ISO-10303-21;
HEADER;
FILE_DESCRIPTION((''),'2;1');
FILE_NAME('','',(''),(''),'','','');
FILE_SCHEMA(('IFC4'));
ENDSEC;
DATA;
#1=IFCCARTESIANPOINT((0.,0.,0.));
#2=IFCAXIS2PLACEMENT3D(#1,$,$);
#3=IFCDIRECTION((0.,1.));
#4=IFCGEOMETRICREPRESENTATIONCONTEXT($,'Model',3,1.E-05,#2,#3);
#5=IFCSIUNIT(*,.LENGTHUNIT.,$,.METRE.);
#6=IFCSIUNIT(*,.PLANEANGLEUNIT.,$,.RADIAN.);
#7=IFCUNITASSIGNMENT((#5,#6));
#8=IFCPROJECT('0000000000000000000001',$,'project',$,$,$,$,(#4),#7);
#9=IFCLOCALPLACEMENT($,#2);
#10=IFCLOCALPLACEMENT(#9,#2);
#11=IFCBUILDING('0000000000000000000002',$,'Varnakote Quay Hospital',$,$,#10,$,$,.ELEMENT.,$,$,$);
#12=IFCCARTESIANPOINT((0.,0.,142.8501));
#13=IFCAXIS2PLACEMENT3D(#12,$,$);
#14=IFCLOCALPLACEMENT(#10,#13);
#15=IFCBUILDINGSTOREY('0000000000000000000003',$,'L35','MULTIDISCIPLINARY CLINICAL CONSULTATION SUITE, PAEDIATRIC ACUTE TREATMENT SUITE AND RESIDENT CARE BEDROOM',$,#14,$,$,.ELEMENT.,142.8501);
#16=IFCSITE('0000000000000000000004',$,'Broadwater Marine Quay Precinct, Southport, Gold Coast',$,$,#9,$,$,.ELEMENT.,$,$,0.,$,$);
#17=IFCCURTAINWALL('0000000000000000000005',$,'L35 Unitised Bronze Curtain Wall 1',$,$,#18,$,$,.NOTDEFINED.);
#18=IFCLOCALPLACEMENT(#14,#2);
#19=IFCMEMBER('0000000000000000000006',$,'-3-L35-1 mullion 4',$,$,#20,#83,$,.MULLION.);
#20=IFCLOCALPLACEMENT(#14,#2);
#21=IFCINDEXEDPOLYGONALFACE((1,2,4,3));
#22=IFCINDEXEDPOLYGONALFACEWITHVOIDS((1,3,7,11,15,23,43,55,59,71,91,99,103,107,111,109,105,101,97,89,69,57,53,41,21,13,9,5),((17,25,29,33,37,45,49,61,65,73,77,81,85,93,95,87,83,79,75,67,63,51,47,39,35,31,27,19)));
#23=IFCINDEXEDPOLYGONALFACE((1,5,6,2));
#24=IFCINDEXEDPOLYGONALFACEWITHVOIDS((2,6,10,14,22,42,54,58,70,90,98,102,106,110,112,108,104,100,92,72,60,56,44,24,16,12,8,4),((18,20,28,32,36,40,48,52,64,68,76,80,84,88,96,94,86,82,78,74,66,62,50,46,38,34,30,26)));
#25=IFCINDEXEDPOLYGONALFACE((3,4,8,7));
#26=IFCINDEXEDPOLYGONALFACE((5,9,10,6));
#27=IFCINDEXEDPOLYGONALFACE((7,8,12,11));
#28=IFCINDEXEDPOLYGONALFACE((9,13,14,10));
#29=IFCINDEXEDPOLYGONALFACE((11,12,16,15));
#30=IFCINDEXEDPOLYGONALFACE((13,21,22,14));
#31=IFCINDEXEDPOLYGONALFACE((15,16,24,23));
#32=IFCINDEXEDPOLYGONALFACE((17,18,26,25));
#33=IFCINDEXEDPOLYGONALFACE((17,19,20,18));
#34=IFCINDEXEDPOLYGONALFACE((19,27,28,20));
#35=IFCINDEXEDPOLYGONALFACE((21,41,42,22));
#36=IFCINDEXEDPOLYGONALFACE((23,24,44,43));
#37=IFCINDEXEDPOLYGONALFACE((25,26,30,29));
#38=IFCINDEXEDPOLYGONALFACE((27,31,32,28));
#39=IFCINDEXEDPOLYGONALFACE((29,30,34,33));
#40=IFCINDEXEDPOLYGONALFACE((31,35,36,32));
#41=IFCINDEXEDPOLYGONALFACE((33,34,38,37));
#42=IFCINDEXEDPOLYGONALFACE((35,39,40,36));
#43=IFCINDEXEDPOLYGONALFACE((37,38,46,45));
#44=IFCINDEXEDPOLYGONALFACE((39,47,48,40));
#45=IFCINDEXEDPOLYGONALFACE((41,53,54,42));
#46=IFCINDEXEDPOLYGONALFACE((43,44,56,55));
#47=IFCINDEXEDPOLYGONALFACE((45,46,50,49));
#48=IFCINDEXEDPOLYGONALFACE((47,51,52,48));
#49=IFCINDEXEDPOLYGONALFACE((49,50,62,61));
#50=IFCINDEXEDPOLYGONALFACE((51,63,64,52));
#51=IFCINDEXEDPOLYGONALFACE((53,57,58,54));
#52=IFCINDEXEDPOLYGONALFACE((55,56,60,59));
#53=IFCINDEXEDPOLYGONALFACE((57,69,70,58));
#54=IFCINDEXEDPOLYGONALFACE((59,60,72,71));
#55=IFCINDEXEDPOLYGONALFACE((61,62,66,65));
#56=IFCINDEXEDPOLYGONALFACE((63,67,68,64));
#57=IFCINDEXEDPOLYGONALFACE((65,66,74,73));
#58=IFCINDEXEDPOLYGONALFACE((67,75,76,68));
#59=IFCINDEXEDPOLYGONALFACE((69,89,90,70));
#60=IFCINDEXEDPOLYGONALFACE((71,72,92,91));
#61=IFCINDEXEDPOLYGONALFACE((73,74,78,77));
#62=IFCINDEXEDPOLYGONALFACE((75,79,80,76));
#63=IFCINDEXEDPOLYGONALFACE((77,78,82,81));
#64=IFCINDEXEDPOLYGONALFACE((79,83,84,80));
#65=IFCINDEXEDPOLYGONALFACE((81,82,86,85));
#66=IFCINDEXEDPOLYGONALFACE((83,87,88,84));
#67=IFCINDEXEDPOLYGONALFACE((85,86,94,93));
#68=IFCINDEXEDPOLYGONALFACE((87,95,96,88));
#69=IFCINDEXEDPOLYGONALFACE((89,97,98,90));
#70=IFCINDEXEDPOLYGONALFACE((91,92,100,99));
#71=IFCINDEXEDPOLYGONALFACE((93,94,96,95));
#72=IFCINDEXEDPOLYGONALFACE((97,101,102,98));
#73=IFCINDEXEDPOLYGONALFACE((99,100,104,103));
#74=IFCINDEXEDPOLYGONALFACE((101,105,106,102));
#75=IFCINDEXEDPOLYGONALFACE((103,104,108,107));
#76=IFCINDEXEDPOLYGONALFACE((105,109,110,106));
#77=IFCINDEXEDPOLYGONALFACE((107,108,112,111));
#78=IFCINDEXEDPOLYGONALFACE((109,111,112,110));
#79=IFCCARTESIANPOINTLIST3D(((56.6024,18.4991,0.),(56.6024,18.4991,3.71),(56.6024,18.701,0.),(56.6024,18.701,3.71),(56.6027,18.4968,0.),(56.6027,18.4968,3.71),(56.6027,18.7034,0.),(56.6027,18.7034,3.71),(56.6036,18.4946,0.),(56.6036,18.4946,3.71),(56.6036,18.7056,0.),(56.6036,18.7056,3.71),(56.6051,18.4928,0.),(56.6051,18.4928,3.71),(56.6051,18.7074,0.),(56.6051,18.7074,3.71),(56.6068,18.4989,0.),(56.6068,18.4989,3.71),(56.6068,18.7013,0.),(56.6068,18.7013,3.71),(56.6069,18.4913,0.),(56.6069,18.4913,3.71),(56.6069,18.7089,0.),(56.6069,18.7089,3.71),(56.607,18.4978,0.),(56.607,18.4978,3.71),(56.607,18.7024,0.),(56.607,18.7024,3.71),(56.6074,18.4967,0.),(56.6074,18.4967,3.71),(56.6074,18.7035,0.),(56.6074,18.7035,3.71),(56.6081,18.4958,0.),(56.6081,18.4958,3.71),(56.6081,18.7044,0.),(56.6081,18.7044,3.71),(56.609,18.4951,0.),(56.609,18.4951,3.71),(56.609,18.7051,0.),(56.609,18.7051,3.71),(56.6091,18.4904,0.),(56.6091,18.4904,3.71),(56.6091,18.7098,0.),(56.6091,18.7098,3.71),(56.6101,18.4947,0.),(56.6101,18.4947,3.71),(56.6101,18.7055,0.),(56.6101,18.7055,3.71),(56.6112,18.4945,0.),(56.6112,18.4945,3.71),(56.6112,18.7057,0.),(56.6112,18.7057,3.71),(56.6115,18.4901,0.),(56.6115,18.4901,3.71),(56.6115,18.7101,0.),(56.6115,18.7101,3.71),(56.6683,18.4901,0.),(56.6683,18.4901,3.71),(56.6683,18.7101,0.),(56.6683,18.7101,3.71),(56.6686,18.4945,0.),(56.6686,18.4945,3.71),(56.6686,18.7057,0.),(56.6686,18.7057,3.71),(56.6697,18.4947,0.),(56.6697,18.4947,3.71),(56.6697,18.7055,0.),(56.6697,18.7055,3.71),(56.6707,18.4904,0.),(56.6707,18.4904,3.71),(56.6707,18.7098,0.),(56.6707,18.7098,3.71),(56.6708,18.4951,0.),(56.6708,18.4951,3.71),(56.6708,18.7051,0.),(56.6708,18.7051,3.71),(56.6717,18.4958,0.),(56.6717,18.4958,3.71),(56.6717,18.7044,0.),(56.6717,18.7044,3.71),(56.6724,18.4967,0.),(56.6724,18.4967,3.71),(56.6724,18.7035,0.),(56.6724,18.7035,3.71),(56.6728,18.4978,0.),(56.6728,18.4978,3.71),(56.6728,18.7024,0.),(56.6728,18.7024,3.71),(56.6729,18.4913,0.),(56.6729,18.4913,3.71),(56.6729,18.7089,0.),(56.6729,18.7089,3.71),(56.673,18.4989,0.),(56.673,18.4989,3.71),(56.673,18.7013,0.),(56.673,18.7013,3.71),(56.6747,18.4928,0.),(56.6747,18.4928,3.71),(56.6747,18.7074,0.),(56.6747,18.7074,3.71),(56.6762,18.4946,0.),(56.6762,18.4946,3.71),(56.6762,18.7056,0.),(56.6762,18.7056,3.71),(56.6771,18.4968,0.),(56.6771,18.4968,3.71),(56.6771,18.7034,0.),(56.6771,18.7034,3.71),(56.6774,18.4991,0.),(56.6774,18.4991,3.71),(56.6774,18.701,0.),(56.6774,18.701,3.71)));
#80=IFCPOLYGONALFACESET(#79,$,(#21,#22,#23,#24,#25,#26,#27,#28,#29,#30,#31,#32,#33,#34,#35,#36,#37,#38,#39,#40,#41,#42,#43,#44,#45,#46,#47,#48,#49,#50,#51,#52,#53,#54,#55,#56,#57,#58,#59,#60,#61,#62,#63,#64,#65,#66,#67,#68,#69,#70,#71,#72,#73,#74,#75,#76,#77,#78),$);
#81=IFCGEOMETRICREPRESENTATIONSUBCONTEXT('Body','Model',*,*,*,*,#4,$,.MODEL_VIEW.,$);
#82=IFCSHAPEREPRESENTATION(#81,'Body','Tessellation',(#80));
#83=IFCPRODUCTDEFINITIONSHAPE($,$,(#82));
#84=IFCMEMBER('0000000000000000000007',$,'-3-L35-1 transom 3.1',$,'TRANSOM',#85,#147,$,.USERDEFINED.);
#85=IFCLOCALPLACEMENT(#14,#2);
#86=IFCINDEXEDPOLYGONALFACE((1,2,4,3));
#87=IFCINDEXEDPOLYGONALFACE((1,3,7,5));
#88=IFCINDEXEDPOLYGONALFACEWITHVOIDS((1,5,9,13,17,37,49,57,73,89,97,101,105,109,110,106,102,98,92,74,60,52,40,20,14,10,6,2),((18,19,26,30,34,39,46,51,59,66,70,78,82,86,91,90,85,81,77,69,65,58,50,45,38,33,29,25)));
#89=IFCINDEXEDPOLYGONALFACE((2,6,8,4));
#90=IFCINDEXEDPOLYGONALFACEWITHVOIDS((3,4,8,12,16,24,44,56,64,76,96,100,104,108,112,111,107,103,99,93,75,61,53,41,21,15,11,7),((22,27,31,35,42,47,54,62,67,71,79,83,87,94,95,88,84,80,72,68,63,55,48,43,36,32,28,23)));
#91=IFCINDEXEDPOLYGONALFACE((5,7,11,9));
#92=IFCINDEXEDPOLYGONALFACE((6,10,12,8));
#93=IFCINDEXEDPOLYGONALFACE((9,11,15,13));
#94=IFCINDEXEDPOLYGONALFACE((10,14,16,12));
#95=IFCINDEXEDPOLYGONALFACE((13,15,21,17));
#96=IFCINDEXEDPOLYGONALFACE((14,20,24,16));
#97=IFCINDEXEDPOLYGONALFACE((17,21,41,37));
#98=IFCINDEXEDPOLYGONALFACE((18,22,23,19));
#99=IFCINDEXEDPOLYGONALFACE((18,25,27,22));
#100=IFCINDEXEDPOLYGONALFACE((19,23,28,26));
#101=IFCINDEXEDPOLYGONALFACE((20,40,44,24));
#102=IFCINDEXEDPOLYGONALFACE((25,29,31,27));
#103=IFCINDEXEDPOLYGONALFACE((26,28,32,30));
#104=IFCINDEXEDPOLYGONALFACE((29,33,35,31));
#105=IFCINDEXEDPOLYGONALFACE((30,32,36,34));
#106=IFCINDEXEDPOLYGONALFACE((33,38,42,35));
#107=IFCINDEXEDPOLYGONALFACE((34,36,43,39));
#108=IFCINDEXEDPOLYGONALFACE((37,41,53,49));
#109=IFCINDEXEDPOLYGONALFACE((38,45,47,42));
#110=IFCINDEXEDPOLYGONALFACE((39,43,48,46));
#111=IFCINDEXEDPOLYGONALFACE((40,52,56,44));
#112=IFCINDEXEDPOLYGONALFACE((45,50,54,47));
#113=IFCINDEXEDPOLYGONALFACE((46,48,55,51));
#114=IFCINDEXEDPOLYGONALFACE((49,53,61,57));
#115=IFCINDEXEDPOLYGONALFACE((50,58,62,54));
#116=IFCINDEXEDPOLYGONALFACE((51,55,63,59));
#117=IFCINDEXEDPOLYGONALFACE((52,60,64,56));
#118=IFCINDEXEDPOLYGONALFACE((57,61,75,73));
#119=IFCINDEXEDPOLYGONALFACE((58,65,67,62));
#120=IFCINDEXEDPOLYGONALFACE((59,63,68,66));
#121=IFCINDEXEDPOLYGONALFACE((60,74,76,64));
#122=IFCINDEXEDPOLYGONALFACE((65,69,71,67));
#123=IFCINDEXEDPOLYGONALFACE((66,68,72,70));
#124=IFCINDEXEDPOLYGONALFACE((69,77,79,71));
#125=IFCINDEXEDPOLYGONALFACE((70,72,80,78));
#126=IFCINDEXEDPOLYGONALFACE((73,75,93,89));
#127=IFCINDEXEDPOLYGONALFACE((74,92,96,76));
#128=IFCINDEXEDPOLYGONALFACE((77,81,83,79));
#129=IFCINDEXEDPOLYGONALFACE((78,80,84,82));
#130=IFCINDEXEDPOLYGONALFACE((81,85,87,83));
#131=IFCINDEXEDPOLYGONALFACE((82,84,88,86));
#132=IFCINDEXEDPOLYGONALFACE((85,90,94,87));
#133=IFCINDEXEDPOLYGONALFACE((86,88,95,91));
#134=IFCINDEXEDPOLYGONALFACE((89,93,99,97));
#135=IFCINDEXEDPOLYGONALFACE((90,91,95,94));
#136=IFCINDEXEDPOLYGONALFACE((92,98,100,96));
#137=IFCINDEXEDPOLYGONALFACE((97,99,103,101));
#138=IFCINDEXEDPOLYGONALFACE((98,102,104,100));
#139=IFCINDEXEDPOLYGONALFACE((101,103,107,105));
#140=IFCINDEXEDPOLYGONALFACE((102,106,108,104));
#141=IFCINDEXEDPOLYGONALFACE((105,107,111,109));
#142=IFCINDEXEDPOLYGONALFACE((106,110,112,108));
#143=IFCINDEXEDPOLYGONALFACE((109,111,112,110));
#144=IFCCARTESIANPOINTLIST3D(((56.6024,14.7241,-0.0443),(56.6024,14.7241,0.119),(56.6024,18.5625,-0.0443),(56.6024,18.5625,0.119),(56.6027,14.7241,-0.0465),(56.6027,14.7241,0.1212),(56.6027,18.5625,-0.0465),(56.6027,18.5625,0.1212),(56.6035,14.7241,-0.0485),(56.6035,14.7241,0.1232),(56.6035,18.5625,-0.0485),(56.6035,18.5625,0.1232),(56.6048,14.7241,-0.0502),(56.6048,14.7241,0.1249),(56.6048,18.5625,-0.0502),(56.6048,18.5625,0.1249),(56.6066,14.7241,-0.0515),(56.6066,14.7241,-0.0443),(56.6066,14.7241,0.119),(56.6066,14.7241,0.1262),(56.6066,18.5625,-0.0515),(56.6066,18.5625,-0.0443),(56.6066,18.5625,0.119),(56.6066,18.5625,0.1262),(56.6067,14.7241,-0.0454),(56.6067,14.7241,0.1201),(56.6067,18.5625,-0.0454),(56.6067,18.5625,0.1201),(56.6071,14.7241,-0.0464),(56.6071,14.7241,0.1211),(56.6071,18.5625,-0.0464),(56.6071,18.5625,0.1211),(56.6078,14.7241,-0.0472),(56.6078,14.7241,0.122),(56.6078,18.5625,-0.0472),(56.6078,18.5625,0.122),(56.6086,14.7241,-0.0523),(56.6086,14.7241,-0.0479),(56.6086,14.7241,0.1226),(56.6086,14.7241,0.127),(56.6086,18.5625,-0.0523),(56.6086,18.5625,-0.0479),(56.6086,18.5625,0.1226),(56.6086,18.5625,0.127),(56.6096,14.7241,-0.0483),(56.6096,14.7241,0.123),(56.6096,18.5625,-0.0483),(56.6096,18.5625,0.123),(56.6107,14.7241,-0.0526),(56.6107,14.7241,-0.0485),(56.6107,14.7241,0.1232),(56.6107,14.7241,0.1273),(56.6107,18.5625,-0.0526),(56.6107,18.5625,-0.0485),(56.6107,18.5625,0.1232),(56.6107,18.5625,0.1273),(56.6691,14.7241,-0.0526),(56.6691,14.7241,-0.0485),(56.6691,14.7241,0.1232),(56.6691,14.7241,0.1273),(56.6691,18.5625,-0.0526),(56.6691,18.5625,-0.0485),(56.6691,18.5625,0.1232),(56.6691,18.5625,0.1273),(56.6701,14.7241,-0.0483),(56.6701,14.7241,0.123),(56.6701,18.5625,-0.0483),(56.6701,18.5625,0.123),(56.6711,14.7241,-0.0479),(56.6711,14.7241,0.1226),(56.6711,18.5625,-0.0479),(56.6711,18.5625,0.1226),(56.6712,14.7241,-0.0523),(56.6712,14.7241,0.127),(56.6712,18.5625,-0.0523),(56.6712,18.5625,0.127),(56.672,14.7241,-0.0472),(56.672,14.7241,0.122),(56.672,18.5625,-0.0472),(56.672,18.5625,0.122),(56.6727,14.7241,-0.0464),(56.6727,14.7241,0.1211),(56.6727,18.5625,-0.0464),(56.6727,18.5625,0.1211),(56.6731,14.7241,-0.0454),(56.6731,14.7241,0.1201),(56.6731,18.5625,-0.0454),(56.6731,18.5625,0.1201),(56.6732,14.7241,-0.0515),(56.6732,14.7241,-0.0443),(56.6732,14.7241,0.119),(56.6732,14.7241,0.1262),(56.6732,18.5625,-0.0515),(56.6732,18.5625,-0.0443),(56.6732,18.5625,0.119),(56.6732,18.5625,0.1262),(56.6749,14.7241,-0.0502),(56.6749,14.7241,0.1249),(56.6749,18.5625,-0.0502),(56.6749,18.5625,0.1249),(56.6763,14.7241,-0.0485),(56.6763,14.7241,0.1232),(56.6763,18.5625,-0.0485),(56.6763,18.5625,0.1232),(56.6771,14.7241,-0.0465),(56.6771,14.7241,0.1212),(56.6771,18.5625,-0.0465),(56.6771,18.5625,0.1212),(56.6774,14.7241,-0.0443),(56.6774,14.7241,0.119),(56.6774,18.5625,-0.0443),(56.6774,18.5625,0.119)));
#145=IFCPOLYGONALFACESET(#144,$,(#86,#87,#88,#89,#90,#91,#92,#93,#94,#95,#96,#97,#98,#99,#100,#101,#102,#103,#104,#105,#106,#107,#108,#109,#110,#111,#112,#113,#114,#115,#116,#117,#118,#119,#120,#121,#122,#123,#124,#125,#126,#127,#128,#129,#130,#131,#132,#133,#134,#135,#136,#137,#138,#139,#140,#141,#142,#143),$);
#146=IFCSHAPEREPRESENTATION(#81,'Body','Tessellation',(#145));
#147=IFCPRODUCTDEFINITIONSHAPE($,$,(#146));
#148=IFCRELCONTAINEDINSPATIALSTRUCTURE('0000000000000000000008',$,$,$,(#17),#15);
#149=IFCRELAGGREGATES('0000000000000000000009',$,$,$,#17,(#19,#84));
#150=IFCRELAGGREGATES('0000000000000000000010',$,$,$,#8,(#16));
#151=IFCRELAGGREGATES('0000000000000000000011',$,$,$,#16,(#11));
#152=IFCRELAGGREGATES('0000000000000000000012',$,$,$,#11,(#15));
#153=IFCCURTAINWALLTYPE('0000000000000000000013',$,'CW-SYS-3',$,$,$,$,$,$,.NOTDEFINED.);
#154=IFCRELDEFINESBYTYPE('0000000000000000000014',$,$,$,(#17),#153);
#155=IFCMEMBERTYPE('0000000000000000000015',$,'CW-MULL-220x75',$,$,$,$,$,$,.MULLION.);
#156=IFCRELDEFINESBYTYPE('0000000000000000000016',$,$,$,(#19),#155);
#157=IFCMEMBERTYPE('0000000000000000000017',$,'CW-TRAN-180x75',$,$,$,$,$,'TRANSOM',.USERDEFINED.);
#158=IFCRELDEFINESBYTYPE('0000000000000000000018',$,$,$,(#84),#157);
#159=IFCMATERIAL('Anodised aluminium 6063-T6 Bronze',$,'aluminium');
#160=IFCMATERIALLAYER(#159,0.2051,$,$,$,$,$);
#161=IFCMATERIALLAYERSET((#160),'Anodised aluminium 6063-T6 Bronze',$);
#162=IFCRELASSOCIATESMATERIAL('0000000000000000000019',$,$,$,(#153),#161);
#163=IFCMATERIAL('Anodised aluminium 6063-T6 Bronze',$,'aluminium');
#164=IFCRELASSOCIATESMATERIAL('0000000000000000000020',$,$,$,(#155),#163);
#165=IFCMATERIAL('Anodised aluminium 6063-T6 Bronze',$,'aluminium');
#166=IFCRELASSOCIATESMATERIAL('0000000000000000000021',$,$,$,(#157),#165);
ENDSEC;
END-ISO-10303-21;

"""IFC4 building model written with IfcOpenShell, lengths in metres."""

from ifc_helpers import new_model, si_unit, direction, frame, origin, origin_2d, place, context, subcontext, project, spatial, hollow_rectangle, extrude, material, layer, layer_set, material_profile, profile_set, type_object, element, aggregate, save


model = new_model("IFC4")

# Units and contexts
model_context = context("Model", 3, precision=1e-05, world=origin(), true_north=direction((0.0, 1.0)))
body_context = subcontext(model_context, "Body", "Model", "MODEL_VIEW")
ifc_project = project(units=[si_unit("LENGTHUNIT", "METRE"), si_unit("PLANEANGLEUNIT", "RADIAN")], contexts=[model_context])

# Site, building, storey
site_placement = place(None, origin())
site = spatial("IfcSite", under=ifc_project, at=site_placement, Name="Broadwater Marine Quay Precinct, Southport, Gold Coast", CompositionType="ELEMENT", RefElevation=0.0)
building_placement = place(site_placement, origin())
building = spatial("IfcBuilding", under=site, at=building_placement, Name="Varnakote Quay Hospital", CompositionType="ELEMENT")
storey_placement = place(building_placement, frame((0.0, 0.0, 142.8501)))
storey = spatial("IfcBuildingStorey", under=building, at=storey_placement, Name="L35", Description="MULTIDISCIPLINARY CLINICAL CONSULTATION SUITE, PAEDIATRIC ACUTE TREATMENT SUITE AND RESIDENT CARE BEDROOM", CompositionType="ELEMENT", Elevation=142.8501)

# Curtain wall, members
ifc_material_1 = material(Name="Anodised aluminium 6063-T6 Bronze", Category="aluminium")
ifc_layer_1 = layer(ifc_material_1, 0.2051)
ifc_layer_set_1 = layer_set([ifc_layer_1], Name="Anodised aluminium 6063-T6 Bronze")
curtain_wall_type = type_object("IfcCurtainWallType", Name="CW-SYS-3", PredefinedType="NOTDEFINED", material=ifc_layer_set_1)
curtain_wall_placement = place(storey_placement, origin())
curtain_wall = element("IfcCurtainWall", 1, at=curtain_wall_placement, inside=storey, type_object=curtain_wall_type, Name="L35 Unitised Bronze Curtain Wall 1", PredefinedType="NOTDEFINED")
ifc_material_2 = material(Name="Anodised aluminium 6063-T6 Bronze", Category="aluminium")
ifc_material_profile_1 = material_profile(ifc_material_2, hollow_rectangle(XDim=0.075, YDim=0.22, WallThickness=0.0044, InnerFilletRadius=0.0044, OuterFilletRadius=0.009, at=origin_2d()), Name="CW-MULL-220x75")
ifc_profile_set_1 = profile_set([ifc_material_profile_1], Name="Anodised aluminium 6063-T6 Bronze")
member_type_1 = type_object("IfcMemberType", Name="CW-MULL-220x75", PredefinedType="MULLION", material=ifc_profile_set_1)
member_1_placement = place(storey_placement, frame((56.6399, 18.6001, 0.0), z_axis=(0.0, 0.0, 1.0), x_axis=(-1.0, 0.0, 0.0)))
member_1 = element("IfcMember", 2, at=member_1_placement, type_object=member_type_1, Name="-3-L35-1 mullion 4", PredefinedType="MULLION", context=body_context, shape_type="SweptSolid", body=[
    extrude(hollow_rectangle(XDim=0.075, YDim=0.22, WallThickness=0.0044, InnerFilletRadius=0.0044, OuterFilletRadius=0.009, at=origin_2d()), origin(), (0.0, 0.0, 1.0), 3.71),
])
ifc_material_3 = material(Name="Anodised aluminium 6063-T6 Bronze", Category="aluminium")
ifc_material_profile_2 = material_profile(ifc_material_3, hollow_rectangle(XDim=0.075, YDim=0.1799, WallThickness=0.0042, InnerFilletRadius=0.0042, OuterFilletRadius=0.0083, at=origin_2d()), Name="CW-TRAN-180x75")
ifc_profile_set_2 = profile_set([ifc_material_profile_2], Name="Anodised aluminium 6063-T6 Bronze")
member_type_2 = type_object("IfcMemberType", Name="CW-TRAN-180x75", ElementType="TRANSOM", PredefinedType="USERDEFINED", material=ifc_profile_set_2)
member_2_placement = place(storey_placement, frame((56.6399, 14.7241, 0.0374), z_axis=(0.0, 1.0, 0.0), x_axis=(-1.0, 0.0, 0.0)))
member_2 = element("IfcMember", 3, at=member_2_placement, type_object=member_type_2, Name="-3-L35-1 transom 3.1", ObjectType="TRANSOM", PredefinedType="USERDEFINED", context=body_context, shape_type="SweptSolid", body=[
    extrude(hollow_rectangle(XDim=0.075, YDim=0.1799, WallThickness=0.0042, InnerFilletRadius=0.0042, OuterFilletRadius=0.0083, at=origin_2d()), origin(), (0.0, 0.0, 1.0), 3.8384),
])
aggregate(curtain_wall, [member_1, member_2])

save(model, "model.ifc")
